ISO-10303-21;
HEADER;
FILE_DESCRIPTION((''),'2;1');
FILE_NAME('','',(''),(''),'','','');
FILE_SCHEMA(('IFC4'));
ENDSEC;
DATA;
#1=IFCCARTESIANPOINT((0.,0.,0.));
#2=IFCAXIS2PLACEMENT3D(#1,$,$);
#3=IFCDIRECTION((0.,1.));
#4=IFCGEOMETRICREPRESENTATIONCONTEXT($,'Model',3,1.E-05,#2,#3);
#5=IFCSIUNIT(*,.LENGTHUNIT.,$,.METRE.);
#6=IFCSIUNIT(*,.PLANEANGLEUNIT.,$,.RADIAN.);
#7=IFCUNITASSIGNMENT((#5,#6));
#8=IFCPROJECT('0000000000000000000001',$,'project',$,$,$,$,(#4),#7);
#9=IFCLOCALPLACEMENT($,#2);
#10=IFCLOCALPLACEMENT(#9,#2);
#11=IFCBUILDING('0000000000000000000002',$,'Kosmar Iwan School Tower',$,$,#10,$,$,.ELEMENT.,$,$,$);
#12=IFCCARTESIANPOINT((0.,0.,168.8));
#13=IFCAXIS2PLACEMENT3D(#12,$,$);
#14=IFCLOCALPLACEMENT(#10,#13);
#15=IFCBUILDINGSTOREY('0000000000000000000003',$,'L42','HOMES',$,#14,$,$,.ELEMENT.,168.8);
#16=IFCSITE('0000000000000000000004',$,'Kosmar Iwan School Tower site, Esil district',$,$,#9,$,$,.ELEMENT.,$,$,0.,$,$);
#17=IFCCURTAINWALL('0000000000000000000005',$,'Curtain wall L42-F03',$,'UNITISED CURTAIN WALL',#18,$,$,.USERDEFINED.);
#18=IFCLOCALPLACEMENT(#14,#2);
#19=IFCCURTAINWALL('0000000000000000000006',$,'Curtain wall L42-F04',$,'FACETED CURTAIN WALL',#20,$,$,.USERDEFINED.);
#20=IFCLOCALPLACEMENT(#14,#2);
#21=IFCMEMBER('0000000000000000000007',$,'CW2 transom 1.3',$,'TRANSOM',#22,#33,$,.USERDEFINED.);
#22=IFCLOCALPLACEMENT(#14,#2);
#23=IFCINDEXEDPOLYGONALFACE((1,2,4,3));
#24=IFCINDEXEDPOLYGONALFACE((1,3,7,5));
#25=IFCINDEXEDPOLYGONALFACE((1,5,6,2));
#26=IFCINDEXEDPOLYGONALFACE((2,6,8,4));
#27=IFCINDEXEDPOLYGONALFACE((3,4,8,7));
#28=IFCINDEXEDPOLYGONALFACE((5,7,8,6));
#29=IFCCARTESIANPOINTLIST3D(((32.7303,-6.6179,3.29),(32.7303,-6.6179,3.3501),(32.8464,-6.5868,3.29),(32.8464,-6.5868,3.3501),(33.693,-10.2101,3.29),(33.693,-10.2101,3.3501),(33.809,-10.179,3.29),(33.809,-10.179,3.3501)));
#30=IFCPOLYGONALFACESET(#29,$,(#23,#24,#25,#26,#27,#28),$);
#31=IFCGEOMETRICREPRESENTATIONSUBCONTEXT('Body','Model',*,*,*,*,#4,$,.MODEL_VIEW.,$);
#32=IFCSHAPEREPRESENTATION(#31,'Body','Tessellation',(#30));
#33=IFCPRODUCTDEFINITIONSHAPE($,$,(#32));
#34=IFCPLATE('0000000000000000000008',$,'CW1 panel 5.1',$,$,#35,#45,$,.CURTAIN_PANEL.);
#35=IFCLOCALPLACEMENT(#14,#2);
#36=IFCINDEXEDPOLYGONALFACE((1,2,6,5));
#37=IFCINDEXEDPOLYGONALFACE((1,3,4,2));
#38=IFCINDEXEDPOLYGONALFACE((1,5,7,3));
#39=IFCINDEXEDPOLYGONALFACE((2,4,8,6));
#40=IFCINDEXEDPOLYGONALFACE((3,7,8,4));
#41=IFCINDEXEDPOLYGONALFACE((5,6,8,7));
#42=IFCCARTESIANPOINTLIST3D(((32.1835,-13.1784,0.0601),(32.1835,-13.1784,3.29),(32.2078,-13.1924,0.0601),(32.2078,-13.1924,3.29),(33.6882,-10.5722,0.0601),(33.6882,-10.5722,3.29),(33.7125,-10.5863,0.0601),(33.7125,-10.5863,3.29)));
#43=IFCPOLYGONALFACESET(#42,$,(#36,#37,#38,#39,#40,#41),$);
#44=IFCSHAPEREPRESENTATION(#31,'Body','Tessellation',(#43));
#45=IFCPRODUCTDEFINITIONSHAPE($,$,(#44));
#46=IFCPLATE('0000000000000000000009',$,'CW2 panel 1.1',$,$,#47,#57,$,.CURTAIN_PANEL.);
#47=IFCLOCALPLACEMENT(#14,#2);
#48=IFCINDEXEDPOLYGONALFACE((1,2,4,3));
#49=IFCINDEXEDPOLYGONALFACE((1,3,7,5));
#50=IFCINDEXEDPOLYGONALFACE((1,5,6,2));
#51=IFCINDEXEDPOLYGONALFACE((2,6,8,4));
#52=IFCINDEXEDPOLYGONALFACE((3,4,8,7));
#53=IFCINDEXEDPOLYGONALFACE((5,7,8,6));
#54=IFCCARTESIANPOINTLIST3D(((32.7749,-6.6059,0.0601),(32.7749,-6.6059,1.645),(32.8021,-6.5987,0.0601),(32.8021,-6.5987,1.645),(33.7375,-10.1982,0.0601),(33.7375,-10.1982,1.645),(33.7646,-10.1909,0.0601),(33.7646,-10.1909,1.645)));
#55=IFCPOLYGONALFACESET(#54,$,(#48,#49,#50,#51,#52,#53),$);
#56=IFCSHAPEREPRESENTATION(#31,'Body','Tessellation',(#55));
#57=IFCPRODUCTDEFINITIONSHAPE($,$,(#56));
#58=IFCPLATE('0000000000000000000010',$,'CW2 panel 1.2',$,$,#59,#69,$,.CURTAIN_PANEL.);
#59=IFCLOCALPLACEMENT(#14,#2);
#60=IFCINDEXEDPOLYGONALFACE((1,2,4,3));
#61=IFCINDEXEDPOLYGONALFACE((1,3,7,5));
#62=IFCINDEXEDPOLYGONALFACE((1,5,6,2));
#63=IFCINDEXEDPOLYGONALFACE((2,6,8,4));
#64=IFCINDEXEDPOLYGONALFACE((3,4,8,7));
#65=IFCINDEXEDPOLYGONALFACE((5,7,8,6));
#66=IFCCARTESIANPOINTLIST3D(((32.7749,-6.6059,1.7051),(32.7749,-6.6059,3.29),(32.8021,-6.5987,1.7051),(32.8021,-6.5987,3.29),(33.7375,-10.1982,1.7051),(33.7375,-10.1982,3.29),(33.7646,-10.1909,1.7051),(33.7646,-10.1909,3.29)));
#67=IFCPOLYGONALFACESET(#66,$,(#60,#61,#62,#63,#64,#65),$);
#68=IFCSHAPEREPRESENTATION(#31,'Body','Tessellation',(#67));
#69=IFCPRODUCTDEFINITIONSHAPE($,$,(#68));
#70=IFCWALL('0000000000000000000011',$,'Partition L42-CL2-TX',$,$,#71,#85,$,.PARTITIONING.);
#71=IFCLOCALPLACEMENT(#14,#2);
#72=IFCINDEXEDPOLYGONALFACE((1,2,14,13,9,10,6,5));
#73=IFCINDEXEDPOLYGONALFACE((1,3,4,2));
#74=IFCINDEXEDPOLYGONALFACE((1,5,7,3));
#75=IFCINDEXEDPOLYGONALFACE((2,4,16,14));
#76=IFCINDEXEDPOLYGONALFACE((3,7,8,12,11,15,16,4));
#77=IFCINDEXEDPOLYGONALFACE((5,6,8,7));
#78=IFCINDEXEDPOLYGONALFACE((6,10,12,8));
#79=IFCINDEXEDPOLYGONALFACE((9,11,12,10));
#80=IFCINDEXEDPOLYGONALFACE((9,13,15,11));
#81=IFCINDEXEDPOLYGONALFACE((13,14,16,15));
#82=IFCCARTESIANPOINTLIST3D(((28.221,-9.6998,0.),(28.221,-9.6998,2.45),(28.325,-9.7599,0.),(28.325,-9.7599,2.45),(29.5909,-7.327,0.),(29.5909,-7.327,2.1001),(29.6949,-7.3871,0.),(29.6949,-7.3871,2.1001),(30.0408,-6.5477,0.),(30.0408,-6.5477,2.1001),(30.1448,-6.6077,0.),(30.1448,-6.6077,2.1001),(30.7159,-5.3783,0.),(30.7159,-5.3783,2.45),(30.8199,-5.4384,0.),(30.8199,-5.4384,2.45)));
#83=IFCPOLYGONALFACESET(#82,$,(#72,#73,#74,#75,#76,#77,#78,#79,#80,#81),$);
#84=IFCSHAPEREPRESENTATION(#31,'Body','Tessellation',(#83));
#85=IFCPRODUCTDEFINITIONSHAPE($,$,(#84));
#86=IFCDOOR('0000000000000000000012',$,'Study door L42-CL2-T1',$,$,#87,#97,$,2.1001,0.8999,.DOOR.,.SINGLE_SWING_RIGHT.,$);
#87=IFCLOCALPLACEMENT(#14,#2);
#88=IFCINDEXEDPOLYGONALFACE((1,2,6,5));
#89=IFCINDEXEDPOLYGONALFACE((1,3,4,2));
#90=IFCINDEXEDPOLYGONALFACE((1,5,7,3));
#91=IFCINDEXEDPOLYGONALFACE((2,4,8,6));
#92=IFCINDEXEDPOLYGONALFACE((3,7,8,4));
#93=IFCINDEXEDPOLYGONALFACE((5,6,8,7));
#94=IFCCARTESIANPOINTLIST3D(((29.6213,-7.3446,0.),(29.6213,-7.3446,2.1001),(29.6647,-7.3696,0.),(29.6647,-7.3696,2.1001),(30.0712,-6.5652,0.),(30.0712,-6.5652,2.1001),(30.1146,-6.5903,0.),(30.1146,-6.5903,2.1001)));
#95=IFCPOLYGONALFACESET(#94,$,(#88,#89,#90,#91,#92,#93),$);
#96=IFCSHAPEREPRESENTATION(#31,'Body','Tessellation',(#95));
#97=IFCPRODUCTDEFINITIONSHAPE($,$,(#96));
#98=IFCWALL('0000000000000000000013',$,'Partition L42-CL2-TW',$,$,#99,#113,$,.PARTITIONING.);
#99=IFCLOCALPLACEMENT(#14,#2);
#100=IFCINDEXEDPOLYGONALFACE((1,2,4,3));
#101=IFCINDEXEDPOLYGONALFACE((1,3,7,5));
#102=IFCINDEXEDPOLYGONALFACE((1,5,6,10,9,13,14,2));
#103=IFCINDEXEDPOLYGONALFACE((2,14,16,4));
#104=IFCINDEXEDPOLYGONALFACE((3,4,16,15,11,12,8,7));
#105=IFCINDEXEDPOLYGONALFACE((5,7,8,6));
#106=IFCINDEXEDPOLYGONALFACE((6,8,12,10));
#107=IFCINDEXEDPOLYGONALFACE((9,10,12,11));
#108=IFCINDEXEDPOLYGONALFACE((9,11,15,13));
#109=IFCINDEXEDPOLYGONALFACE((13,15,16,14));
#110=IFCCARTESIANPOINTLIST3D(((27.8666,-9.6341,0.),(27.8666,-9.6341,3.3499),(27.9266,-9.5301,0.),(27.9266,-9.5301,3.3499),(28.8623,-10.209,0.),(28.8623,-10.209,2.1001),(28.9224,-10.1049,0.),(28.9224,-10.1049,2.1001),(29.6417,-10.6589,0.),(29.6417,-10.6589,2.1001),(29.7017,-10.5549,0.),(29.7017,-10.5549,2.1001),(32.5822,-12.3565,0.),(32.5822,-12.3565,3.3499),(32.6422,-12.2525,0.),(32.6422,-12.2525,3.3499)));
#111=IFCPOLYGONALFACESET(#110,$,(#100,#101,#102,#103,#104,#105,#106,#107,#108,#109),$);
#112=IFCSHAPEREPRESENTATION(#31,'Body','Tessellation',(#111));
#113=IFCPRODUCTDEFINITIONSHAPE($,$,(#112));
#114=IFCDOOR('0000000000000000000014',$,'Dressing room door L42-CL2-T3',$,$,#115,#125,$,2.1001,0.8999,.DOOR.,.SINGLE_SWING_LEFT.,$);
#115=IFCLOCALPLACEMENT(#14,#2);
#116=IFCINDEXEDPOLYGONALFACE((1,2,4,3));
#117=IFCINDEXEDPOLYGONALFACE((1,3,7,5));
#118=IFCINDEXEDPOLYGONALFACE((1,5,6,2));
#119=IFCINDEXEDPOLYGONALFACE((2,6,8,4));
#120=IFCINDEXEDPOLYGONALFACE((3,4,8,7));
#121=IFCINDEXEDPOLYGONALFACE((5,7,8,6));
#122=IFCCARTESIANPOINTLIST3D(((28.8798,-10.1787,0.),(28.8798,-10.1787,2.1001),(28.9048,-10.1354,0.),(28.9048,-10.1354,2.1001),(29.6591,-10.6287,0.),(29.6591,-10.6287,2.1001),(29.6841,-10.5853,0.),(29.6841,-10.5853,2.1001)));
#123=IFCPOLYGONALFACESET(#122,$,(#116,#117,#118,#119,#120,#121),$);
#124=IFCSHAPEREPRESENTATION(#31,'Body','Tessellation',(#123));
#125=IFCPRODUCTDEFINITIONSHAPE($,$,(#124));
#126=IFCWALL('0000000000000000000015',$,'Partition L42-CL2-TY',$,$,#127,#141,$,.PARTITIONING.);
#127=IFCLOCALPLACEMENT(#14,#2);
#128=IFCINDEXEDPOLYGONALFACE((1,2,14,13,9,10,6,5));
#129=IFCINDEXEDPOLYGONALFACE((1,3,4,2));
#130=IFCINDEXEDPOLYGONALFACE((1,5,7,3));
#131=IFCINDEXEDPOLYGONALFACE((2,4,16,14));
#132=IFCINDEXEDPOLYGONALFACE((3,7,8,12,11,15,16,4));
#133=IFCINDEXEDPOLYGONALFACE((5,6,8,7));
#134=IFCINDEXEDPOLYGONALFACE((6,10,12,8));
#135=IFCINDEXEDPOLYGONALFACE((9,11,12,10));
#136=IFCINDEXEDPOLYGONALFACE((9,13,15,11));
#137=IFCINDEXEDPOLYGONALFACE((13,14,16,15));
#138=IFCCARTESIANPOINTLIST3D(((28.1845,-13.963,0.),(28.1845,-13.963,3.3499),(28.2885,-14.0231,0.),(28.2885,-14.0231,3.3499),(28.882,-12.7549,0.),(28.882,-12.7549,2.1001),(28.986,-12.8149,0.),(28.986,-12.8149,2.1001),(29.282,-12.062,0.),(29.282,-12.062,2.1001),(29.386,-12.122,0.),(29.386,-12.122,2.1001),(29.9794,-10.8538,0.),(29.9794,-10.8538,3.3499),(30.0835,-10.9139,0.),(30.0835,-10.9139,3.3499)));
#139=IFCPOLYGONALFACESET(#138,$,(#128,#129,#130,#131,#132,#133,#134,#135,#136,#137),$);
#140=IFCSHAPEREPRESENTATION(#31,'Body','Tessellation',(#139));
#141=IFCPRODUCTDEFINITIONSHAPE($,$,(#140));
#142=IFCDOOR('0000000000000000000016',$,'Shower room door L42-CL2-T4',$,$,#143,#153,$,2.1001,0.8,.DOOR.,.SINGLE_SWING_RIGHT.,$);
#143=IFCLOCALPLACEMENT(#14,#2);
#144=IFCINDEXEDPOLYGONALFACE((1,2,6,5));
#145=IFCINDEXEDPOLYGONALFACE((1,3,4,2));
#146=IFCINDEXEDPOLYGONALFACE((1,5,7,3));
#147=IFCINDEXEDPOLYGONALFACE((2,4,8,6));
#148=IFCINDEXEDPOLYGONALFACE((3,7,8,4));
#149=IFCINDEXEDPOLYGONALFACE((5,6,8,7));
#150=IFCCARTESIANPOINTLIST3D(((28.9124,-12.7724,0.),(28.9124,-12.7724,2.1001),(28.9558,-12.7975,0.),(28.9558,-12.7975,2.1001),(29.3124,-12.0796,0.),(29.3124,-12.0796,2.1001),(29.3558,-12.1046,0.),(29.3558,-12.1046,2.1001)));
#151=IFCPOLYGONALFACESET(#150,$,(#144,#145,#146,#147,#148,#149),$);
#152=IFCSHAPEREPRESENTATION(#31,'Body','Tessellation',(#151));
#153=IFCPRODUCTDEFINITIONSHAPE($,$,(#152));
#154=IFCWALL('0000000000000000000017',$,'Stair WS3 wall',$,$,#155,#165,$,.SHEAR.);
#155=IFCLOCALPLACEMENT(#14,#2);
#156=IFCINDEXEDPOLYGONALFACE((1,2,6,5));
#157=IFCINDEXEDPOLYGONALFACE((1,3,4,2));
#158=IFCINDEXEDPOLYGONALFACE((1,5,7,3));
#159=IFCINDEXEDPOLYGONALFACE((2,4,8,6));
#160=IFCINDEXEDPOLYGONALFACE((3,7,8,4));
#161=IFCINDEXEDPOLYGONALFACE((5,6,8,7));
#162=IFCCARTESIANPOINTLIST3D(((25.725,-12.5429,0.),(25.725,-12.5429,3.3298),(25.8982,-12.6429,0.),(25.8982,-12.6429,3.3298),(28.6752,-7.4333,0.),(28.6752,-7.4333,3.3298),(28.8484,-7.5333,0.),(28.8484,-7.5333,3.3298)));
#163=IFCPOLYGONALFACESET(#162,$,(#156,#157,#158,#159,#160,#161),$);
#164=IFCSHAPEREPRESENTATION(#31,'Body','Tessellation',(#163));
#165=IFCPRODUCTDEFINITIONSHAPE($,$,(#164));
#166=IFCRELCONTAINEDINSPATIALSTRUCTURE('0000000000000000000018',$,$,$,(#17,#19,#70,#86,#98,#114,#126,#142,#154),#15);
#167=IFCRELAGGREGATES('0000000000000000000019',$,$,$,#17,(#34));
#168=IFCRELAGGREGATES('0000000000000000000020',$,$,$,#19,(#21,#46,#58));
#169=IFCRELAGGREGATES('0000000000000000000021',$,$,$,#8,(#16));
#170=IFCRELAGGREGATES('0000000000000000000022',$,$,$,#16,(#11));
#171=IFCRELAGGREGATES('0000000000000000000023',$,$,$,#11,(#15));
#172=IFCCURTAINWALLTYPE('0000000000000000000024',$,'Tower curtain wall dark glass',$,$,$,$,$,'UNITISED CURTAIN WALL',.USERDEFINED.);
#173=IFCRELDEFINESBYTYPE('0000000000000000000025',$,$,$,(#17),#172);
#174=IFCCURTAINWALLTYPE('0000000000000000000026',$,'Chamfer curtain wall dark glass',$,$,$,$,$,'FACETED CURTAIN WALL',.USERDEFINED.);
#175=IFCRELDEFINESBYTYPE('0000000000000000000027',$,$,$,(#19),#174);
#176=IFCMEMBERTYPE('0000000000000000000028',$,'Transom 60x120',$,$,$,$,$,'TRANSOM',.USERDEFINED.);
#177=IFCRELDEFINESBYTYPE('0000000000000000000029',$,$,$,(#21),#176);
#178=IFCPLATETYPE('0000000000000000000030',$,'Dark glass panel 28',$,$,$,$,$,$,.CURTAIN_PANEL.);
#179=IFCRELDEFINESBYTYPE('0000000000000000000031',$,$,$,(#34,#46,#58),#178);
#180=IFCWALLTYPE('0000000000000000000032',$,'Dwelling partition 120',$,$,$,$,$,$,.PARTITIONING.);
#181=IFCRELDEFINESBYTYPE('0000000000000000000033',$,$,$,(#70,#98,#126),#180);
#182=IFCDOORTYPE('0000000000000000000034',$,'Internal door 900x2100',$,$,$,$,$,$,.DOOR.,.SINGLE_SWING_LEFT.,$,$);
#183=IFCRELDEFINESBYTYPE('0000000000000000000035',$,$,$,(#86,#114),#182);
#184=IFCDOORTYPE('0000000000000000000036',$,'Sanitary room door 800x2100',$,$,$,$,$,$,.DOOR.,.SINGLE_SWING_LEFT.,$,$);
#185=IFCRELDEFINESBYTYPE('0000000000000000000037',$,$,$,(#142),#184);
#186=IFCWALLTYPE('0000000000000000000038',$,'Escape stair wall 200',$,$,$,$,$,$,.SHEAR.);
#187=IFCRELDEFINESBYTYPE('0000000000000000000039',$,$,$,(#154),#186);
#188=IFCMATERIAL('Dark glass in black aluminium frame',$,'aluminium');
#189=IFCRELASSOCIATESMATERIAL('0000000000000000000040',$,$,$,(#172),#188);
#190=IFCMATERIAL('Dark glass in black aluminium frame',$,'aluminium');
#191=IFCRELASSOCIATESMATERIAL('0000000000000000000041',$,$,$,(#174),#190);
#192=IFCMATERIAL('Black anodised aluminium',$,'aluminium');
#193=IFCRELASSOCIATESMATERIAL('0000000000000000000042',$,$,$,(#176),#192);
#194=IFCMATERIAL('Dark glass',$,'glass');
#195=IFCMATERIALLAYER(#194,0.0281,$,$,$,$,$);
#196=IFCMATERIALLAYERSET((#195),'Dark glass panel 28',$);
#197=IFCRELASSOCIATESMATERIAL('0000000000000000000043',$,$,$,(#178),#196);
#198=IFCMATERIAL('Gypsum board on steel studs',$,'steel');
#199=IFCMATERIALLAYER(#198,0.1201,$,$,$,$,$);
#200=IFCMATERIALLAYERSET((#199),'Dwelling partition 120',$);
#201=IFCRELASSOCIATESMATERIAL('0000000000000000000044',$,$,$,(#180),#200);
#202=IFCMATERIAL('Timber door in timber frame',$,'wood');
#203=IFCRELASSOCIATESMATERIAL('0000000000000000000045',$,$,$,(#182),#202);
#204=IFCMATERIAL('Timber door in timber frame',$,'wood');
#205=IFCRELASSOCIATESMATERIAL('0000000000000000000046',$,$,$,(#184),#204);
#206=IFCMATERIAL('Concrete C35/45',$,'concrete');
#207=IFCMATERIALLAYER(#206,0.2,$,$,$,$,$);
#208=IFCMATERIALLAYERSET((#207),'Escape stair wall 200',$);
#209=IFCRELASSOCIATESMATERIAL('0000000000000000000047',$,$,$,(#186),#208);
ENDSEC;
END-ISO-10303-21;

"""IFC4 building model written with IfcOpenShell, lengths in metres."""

from ifc_helpers import new_model, si_unit, direction, frame, frame_2d, origin, origin_2d, place, context, subcontext, project, spatial, rectangle, extrude, material, layer, layer_set, material_profile, profile_set, type_object, element, fill, aggregate, save


model = new_model("IFC4")

# Units and contexts
model_context = context("Model", 3, precision=1e-05, world=origin(), true_north=direction((0.0, 1.0)))
body_context = subcontext(model_context, "Body", "Model", "MODEL_VIEW")
ifc_project = project(units=[si_unit("LENGTHUNIT", "METRE"), si_unit("PLANEANGLEUNIT", "RADIAN")], contexts=[model_context])

# Site, building, storey
site_placement = place(None, origin())
site = spatial("IfcSite", under=ifc_project, at=site_placement, Name="Kosmar Iwan School Tower site, Esil district", CompositionType="ELEMENT", RefElevation=0.0)
building_placement = place(site_placement, origin())
building = spatial("IfcBuilding", under=site, at=building_placement, Name="Kosmar Iwan School Tower", CompositionType="ELEMENT")
storey_placement = place(building_placement, frame((0.0, 0.0, 168.8)))
storey = spatial("IfcBuildingStorey", under=building, at=storey_placement, Name="L42", Description="HOMES", CompositionType="ELEMENT", Elevation=168.8)

# Curtain walls
ifc_material_1 = material(Name="Dark glass in black aluminium frame", Category="aluminium")
curtain_wall_type_1 = type_object("IfcCurtainWallType", Name="Tower curtain wall dark glass", ElementType="UNITISED CURTAIN WALL", PredefinedType="USERDEFINED", material=ifc_material_1)
curtain_wall_1_placement = place(storey_placement, origin())
curtain_wall_1 = element("IfcCurtainWall", 1, at=curtain_wall_1_placement, inside=storey, type_object=curtain_wall_type_1, Name="Curtain wall L42-F03", ObjectType="UNITISED CURTAIN WALL", PredefinedType="USERDEFINED")
ifc_material_2 = material(Name="Dark glass in black aluminium frame", Category="aluminium")
curtain_wall_type_2 = type_object("IfcCurtainWallType", Name="Chamfer curtain wall dark glass", ElementType="FACETED CURTAIN WALL", PredefinedType="USERDEFINED", material=ifc_material_2)
curtain_wall_2_placement = place(storey_placement, origin())
curtain_wall_2 = element("IfcCurtainWall", 2, at=curtain_wall_2_placement, inside=storey, type_object=curtain_wall_type_2, Name="Curtain wall L42-F04", ObjectType="FACETED CURTAIN WALL", PredefinedType="USERDEFINED")

# Member
ifc_material_3 = material(Name="Black anodised aluminium", Category="aluminium")
ifc_material_profile_1 = material_profile(ifc_material_3, rectangle(XDim=0.1201, YDim=0.0601, at=origin_2d()), Name="TRANSOM 60x120")
ifc_profile_set_1 = profile_set([ifc_material_profile_1], Name="Black anodised aluminium")
member_type_1 = type_object("IfcMemberType", Name="Transom 60x120", ElementType="TRANSOM", PredefinedType="USERDEFINED", material=ifc_profile_set_1)
member_1_placement = place(storey_placement, frame((33.751, -10.1946, 3.3201), z_axis=(-0.258843, 0.965919, 0.0), x_axis=(-0.965919, -0.258843, 0.0)))
member_1 = element("IfcMember", 3, at=member_1_placement, type_object=member_type_1, Name="CW2 transom 1.3", ObjectType="TRANSOM", PredefinedType="USERDEFINED", context=body_context, shape_type="SweptSolid", body=[
    extrude(rectangle(XDim=0.1201, YDim=0.0601, at=origin_2d()), origin(), (0.0, 0.0, 1.0), 3.719),
])

# Plates
ifc_material_4 = material(Name="Dark glass", Category="glass")
ifc_layer_1 = layer(ifc_material_4, 0.0281)
ifc_layer_set_1 = layer_set([ifc_layer_1], Name="Dark glass panel 28")
plate_type = type_object("IfcPlateType", Name="Dark glass panel 28", PredefinedType="CURTAIN_PANEL", material=ifc_layer_set_1)
plate_1_placement = place(storey_placement, frame((32.948, -11.8823, 0.0601), z_axis=(0.0, 0.0, 1.0), x_axis=(0.5, 0.866025, 0.0)))
plate_1 = element("IfcPlate", 4, at=plate_1_placement, type_object=plate_type, Name="CW1 panel 5.1", PredefinedType="CURTAIN_PANEL", context=body_context, shape_type="SweptSolid", body=[
    extrude(rectangle(XDim=3.0093, YDim=0.0281, at=origin_2d()), origin(), (0.0, 0.0, 1.0), 3.23),
])
aggregate(curtain_wall_1, [plate_1])
plate_2_placement = place(storey_placement, frame((33.2698, -8.3984, 0.0601), z_axis=(0.0, 0.0, 1.0), x_axis=(-0.258819, 0.965926, 0.0)))
plate_2 = element("IfcPlate", 5, at=plate_2_placement, type_object=plate_type, Name="CW2 panel 1.1", PredefinedType="CURTAIN_PANEL", context=body_context, shape_type="SweptSolid", body=[
    extrude(rectangle(XDim=3.719, YDim=0.0281, at=origin_2d()), origin(), (0.0, 0.0, 1.0), 1.585),
])
plate_3_placement = place(storey_placement, frame((33.2698, -8.3984, 1.7051), z_axis=(0.0, 0.0, 1.0), x_axis=(-0.258819, 0.965926, 0.0)))
plate_3 = element("IfcPlate", 6, at=plate_3_placement, type_object=plate_type, Name="CW2 panel 1.2", PredefinedType="CURTAIN_PANEL", context=body_context, shape_type="SweptSolid", body=[
    extrude(rectangle(XDim=3.719, YDim=0.0281, at=origin_2d()), origin(), (0.0, 0.0, 1.0), 1.585),
])
aggregate(curtain_wall_2, [member_1, plate_2, plate_3])

# Walls, openings, doors
ifc_material_5 = material(Name="Gypsum board on steel studs", Category="steel")
ifc_layer_2 = layer(ifc_material_5, 0.1201)
ifc_layer_set_2 = layer_set([ifc_layer_2], Name="Dwelling partition 120")
wall_type_1 = type_object("IfcWallType", Name="Dwelling partition 120", PredefinedType="PARTITIONING", material=ifc_layer_set_2)
wall_1_placement = place(storey_placement, frame((28.2729, -9.73, 0.0), z_axis=(0.0, 0.0, 1.0), x_axis=(0.499975, 0.86604, 0.0)))
wall_1 = element("IfcWall", 7, at=wall_1_placement, inside=storey, type_object=wall_type_1, Name="Partition L42-CL2-TX", PredefinedType="PARTITIONING", context=body_context, shape_type="SweptSolid", body=[
    extrude(rectangle(XDim=4.99, YDim=0.1201, at=frame_2d((2.4951, 0.0))), origin(), (0.0, 0.0, 1.0), 2.45),
])
opening_1_placement = place(wall_1_placement, frame((2.74, 0.0, 0.0)))
opening_1 = element("IfcOpeningElement", 8, at=opening_1_placement, cuts=wall_1, PredefinedType="OPENING", context=body_context, shape_type="SweptSolid", body=[
    extrude(rectangle(XDim=0.8999, YDim=2.1001, at=frame_2d((0.45, 1.05))), frame((0.0, 0.072, 0.0), z_axis=(0.0, -1.0, 0.0), x_axis=(1.0, 0.0, 0.0)), (0.0, 0.0, 1.0), 0.144),
])
ifc_material_6 = material(Name="Timber door in timber frame", Category="wood")
door_type_1 = type_object("IfcDoorType", Name="Internal door 900x2100", OperationType="SINGLE_SWING_LEFT", PredefinedType="DOOR", material=ifc_material_6)
door_1_placement = place(opening_1_placement, origin())
door_1 = element("IfcDoor", 9, at=door_1_placement, inside=storey, type_object=door_type_1, Name="Study door L42-CL2-T1", OperationType="SINGLE_SWING_RIGHT", OverallHeight=2.1001, OverallWidth=0.8999, PredefinedType="DOOR", context=body_context, shape_type="SweptSolid", body=[
    extrude(rectangle(XDim=0.8999, YDim=2.1001, at=frame_2d((0.45, 1.05))), frame((0.0, 0.0249, 0.0), z_axis=(0.0, -1.0, 0.0), x_axis=(1.0, 0.0, 0.0)), (0.0, 0.0, 1.0), 0.05),
])
fill(opening_1, door_1)
wall_2_placement = place(storey_placement, frame((27.8965, -9.582, 0.0), z_axis=(0.0, 0.0, 1.0), x_axis=(0.866036, -0.499982, 0.0)))
wall_2 = element("IfcWall", 10, at=wall_2_placement, inside=storey, type_object=wall_type_1, Name="Partition L42-CL2-TW", PredefinedType="PARTITIONING", context=body_context, shape_type="SweptSolid", body=[
    extrude(rectangle(XDim=5.4451, YDim=0.1201, at=frame_2d((2.7227, 0.0))), origin(), (0.0, 0.0, 1.0), 3.3499),
])
opening_2_placement = place(wall_2_placement, frame((1.1499, 0.0, 0.0)))
opening_2 = element("IfcOpeningElement", 11, at=opening_2_placement, cuts=wall_2, PredefinedType="OPENING", context=body_context, shape_type="SweptSolid", body=[
    extrude(rectangle(XDim=0.8999, YDim=2.1001, at=frame_2d((0.45, 1.05))), frame((0.0, 0.072, 0.0), z_axis=(0.0, -1.0, 0.0), x_axis=(1.0, 0.0, 0.0)), (0.0, 0.0, 1.0), 0.144),
])
door_2_placement = place(opening_2_placement, origin())
door_2 = element("IfcDoor", 12, at=door_2_placement, inside=storey, type_object=door_type_1, Name="Dressing room door L42-CL2-T3", OperationType="SINGLE_SWING_LEFT", OverallHeight=2.1001, OverallWidth=0.8999, PredefinedType="DOOR", context=body_context, shape_type="SweptSolid", body=[
    extrude(rectangle(XDim=0.8999, YDim=2.1001, at=frame_2d((0.45, 1.05))), frame((0.0, 0.0249, 0.0), z_axis=(0.0, -1.0, 0.0), x_axis=(1.0, 0.0, 0.0)), (0.0, 0.0, 1.0), 0.05),
])
fill(opening_2, door_2)
wall_3_placement = place(storey_placement, frame((28.2366, -13.9929, 0.0), z_axis=(0.0, 0.0, 1.0), x_axis=(0.499972, 0.866042, 0.0)))
wall_3 = element("IfcWall", 13, at=wall_3_placement, inside=storey, type_object=wall_type_1, Name="Partition L42-CL2-TY", PredefinedType="PARTITIONING", context=body_context, shape_type="SweptSolid", body=[
    extrude(rectangle(XDim=3.5901, YDim=0.1201, at=frame_2d((1.7949, 0.0))), origin(), (0.0, 0.0, 1.0), 3.3499),
])
opening_3_placement = place(wall_3_placement, frame((1.395, 0.0, 0.0)))
opening_3 = element("IfcOpeningElement", 14, at=opening_3_placement, cuts=wall_3, PredefinedType="OPENING", context=body_context, shape_type="SweptSolid", body=[
    extrude(rectangle(XDim=0.8, YDim=2.1001, at=frame_2d((0.3999, 1.05))), frame((0.0, 0.072, 0.0), z_axis=(0.0, -1.0, 0.0), x_axis=(1.0, 0.0, 0.0)), (0.0, 0.0, 1.0), 0.144),
])
ifc_material_7 = material(Name="Timber door in timber frame", Category="wood")
door_type_2 = type_object("IfcDoorType", Name="Sanitary room door 800x2100", OperationType="SINGLE_SWING_LEFT", PredefinedType="DOOR", material=ifc_material_7)
door_3_placement = place(opening_3_placement, origin())
door_3 = element("IfcDoor", 15, at=door_3_placement, inside=storey, type_object=door_type_2, Name="Shower room door L42-CL2-T4", OperationType="SINGLE_SWING_RIGHT", OverallHeight=2.1001, OverallWidth=0.8, PredefinedType="DOOR", context=body_context, shape_type="SweptSolid", body=[
    extrude(rectangle(XDim=0.8, YDim=2.1001, at=frame_2d((0.3999, 1.05))), frame((0.0, 0.0249, 0.0), z_axis=(0.0, -1.0, 0.0), x_axis=(1.0, 0.0, 0.0)), (0.0, 0.0, 1.0), 0.05),
])
fill(opening_3, door_3)

# Wall
ifc_material_8 = material(Name="Concrete C35/45", Category="concrete")
ifc_layer_3 = layer(ifc_material_8, 0.2)
ifc_layer_set_3 = layer_set([ifc_layer_3], Name="Escape stair wall 200")
wall_type_2 = type_object("IfcWallType", Name="Escape stair wall 200", PredefinedType="SHEAR", material=ifc_layer_set_3)
wall_4_placement = place(storey_placement, frame((25.8115, -12.593, 0.0), z_axis=(0.0, 0.0, 1.0), x_axis=(0.50002, 0.866014, 0.0)))
element("IfcWall", 16, at=wall_4_placement, inside=storey, type_object=wall_type_2, Name="Stair WS3 wall", PredefinedType="SHEAR", context=body_context, shape_type="SweptSolid", body=[
    extrude(rectangle(XDim=5.9001, YDim=0.2, at=frame_2d((2.9502, 0.0))), origin(), (0.0, 0.0, 1.0), 3.3298),
])

save(model, "model.ifc")
